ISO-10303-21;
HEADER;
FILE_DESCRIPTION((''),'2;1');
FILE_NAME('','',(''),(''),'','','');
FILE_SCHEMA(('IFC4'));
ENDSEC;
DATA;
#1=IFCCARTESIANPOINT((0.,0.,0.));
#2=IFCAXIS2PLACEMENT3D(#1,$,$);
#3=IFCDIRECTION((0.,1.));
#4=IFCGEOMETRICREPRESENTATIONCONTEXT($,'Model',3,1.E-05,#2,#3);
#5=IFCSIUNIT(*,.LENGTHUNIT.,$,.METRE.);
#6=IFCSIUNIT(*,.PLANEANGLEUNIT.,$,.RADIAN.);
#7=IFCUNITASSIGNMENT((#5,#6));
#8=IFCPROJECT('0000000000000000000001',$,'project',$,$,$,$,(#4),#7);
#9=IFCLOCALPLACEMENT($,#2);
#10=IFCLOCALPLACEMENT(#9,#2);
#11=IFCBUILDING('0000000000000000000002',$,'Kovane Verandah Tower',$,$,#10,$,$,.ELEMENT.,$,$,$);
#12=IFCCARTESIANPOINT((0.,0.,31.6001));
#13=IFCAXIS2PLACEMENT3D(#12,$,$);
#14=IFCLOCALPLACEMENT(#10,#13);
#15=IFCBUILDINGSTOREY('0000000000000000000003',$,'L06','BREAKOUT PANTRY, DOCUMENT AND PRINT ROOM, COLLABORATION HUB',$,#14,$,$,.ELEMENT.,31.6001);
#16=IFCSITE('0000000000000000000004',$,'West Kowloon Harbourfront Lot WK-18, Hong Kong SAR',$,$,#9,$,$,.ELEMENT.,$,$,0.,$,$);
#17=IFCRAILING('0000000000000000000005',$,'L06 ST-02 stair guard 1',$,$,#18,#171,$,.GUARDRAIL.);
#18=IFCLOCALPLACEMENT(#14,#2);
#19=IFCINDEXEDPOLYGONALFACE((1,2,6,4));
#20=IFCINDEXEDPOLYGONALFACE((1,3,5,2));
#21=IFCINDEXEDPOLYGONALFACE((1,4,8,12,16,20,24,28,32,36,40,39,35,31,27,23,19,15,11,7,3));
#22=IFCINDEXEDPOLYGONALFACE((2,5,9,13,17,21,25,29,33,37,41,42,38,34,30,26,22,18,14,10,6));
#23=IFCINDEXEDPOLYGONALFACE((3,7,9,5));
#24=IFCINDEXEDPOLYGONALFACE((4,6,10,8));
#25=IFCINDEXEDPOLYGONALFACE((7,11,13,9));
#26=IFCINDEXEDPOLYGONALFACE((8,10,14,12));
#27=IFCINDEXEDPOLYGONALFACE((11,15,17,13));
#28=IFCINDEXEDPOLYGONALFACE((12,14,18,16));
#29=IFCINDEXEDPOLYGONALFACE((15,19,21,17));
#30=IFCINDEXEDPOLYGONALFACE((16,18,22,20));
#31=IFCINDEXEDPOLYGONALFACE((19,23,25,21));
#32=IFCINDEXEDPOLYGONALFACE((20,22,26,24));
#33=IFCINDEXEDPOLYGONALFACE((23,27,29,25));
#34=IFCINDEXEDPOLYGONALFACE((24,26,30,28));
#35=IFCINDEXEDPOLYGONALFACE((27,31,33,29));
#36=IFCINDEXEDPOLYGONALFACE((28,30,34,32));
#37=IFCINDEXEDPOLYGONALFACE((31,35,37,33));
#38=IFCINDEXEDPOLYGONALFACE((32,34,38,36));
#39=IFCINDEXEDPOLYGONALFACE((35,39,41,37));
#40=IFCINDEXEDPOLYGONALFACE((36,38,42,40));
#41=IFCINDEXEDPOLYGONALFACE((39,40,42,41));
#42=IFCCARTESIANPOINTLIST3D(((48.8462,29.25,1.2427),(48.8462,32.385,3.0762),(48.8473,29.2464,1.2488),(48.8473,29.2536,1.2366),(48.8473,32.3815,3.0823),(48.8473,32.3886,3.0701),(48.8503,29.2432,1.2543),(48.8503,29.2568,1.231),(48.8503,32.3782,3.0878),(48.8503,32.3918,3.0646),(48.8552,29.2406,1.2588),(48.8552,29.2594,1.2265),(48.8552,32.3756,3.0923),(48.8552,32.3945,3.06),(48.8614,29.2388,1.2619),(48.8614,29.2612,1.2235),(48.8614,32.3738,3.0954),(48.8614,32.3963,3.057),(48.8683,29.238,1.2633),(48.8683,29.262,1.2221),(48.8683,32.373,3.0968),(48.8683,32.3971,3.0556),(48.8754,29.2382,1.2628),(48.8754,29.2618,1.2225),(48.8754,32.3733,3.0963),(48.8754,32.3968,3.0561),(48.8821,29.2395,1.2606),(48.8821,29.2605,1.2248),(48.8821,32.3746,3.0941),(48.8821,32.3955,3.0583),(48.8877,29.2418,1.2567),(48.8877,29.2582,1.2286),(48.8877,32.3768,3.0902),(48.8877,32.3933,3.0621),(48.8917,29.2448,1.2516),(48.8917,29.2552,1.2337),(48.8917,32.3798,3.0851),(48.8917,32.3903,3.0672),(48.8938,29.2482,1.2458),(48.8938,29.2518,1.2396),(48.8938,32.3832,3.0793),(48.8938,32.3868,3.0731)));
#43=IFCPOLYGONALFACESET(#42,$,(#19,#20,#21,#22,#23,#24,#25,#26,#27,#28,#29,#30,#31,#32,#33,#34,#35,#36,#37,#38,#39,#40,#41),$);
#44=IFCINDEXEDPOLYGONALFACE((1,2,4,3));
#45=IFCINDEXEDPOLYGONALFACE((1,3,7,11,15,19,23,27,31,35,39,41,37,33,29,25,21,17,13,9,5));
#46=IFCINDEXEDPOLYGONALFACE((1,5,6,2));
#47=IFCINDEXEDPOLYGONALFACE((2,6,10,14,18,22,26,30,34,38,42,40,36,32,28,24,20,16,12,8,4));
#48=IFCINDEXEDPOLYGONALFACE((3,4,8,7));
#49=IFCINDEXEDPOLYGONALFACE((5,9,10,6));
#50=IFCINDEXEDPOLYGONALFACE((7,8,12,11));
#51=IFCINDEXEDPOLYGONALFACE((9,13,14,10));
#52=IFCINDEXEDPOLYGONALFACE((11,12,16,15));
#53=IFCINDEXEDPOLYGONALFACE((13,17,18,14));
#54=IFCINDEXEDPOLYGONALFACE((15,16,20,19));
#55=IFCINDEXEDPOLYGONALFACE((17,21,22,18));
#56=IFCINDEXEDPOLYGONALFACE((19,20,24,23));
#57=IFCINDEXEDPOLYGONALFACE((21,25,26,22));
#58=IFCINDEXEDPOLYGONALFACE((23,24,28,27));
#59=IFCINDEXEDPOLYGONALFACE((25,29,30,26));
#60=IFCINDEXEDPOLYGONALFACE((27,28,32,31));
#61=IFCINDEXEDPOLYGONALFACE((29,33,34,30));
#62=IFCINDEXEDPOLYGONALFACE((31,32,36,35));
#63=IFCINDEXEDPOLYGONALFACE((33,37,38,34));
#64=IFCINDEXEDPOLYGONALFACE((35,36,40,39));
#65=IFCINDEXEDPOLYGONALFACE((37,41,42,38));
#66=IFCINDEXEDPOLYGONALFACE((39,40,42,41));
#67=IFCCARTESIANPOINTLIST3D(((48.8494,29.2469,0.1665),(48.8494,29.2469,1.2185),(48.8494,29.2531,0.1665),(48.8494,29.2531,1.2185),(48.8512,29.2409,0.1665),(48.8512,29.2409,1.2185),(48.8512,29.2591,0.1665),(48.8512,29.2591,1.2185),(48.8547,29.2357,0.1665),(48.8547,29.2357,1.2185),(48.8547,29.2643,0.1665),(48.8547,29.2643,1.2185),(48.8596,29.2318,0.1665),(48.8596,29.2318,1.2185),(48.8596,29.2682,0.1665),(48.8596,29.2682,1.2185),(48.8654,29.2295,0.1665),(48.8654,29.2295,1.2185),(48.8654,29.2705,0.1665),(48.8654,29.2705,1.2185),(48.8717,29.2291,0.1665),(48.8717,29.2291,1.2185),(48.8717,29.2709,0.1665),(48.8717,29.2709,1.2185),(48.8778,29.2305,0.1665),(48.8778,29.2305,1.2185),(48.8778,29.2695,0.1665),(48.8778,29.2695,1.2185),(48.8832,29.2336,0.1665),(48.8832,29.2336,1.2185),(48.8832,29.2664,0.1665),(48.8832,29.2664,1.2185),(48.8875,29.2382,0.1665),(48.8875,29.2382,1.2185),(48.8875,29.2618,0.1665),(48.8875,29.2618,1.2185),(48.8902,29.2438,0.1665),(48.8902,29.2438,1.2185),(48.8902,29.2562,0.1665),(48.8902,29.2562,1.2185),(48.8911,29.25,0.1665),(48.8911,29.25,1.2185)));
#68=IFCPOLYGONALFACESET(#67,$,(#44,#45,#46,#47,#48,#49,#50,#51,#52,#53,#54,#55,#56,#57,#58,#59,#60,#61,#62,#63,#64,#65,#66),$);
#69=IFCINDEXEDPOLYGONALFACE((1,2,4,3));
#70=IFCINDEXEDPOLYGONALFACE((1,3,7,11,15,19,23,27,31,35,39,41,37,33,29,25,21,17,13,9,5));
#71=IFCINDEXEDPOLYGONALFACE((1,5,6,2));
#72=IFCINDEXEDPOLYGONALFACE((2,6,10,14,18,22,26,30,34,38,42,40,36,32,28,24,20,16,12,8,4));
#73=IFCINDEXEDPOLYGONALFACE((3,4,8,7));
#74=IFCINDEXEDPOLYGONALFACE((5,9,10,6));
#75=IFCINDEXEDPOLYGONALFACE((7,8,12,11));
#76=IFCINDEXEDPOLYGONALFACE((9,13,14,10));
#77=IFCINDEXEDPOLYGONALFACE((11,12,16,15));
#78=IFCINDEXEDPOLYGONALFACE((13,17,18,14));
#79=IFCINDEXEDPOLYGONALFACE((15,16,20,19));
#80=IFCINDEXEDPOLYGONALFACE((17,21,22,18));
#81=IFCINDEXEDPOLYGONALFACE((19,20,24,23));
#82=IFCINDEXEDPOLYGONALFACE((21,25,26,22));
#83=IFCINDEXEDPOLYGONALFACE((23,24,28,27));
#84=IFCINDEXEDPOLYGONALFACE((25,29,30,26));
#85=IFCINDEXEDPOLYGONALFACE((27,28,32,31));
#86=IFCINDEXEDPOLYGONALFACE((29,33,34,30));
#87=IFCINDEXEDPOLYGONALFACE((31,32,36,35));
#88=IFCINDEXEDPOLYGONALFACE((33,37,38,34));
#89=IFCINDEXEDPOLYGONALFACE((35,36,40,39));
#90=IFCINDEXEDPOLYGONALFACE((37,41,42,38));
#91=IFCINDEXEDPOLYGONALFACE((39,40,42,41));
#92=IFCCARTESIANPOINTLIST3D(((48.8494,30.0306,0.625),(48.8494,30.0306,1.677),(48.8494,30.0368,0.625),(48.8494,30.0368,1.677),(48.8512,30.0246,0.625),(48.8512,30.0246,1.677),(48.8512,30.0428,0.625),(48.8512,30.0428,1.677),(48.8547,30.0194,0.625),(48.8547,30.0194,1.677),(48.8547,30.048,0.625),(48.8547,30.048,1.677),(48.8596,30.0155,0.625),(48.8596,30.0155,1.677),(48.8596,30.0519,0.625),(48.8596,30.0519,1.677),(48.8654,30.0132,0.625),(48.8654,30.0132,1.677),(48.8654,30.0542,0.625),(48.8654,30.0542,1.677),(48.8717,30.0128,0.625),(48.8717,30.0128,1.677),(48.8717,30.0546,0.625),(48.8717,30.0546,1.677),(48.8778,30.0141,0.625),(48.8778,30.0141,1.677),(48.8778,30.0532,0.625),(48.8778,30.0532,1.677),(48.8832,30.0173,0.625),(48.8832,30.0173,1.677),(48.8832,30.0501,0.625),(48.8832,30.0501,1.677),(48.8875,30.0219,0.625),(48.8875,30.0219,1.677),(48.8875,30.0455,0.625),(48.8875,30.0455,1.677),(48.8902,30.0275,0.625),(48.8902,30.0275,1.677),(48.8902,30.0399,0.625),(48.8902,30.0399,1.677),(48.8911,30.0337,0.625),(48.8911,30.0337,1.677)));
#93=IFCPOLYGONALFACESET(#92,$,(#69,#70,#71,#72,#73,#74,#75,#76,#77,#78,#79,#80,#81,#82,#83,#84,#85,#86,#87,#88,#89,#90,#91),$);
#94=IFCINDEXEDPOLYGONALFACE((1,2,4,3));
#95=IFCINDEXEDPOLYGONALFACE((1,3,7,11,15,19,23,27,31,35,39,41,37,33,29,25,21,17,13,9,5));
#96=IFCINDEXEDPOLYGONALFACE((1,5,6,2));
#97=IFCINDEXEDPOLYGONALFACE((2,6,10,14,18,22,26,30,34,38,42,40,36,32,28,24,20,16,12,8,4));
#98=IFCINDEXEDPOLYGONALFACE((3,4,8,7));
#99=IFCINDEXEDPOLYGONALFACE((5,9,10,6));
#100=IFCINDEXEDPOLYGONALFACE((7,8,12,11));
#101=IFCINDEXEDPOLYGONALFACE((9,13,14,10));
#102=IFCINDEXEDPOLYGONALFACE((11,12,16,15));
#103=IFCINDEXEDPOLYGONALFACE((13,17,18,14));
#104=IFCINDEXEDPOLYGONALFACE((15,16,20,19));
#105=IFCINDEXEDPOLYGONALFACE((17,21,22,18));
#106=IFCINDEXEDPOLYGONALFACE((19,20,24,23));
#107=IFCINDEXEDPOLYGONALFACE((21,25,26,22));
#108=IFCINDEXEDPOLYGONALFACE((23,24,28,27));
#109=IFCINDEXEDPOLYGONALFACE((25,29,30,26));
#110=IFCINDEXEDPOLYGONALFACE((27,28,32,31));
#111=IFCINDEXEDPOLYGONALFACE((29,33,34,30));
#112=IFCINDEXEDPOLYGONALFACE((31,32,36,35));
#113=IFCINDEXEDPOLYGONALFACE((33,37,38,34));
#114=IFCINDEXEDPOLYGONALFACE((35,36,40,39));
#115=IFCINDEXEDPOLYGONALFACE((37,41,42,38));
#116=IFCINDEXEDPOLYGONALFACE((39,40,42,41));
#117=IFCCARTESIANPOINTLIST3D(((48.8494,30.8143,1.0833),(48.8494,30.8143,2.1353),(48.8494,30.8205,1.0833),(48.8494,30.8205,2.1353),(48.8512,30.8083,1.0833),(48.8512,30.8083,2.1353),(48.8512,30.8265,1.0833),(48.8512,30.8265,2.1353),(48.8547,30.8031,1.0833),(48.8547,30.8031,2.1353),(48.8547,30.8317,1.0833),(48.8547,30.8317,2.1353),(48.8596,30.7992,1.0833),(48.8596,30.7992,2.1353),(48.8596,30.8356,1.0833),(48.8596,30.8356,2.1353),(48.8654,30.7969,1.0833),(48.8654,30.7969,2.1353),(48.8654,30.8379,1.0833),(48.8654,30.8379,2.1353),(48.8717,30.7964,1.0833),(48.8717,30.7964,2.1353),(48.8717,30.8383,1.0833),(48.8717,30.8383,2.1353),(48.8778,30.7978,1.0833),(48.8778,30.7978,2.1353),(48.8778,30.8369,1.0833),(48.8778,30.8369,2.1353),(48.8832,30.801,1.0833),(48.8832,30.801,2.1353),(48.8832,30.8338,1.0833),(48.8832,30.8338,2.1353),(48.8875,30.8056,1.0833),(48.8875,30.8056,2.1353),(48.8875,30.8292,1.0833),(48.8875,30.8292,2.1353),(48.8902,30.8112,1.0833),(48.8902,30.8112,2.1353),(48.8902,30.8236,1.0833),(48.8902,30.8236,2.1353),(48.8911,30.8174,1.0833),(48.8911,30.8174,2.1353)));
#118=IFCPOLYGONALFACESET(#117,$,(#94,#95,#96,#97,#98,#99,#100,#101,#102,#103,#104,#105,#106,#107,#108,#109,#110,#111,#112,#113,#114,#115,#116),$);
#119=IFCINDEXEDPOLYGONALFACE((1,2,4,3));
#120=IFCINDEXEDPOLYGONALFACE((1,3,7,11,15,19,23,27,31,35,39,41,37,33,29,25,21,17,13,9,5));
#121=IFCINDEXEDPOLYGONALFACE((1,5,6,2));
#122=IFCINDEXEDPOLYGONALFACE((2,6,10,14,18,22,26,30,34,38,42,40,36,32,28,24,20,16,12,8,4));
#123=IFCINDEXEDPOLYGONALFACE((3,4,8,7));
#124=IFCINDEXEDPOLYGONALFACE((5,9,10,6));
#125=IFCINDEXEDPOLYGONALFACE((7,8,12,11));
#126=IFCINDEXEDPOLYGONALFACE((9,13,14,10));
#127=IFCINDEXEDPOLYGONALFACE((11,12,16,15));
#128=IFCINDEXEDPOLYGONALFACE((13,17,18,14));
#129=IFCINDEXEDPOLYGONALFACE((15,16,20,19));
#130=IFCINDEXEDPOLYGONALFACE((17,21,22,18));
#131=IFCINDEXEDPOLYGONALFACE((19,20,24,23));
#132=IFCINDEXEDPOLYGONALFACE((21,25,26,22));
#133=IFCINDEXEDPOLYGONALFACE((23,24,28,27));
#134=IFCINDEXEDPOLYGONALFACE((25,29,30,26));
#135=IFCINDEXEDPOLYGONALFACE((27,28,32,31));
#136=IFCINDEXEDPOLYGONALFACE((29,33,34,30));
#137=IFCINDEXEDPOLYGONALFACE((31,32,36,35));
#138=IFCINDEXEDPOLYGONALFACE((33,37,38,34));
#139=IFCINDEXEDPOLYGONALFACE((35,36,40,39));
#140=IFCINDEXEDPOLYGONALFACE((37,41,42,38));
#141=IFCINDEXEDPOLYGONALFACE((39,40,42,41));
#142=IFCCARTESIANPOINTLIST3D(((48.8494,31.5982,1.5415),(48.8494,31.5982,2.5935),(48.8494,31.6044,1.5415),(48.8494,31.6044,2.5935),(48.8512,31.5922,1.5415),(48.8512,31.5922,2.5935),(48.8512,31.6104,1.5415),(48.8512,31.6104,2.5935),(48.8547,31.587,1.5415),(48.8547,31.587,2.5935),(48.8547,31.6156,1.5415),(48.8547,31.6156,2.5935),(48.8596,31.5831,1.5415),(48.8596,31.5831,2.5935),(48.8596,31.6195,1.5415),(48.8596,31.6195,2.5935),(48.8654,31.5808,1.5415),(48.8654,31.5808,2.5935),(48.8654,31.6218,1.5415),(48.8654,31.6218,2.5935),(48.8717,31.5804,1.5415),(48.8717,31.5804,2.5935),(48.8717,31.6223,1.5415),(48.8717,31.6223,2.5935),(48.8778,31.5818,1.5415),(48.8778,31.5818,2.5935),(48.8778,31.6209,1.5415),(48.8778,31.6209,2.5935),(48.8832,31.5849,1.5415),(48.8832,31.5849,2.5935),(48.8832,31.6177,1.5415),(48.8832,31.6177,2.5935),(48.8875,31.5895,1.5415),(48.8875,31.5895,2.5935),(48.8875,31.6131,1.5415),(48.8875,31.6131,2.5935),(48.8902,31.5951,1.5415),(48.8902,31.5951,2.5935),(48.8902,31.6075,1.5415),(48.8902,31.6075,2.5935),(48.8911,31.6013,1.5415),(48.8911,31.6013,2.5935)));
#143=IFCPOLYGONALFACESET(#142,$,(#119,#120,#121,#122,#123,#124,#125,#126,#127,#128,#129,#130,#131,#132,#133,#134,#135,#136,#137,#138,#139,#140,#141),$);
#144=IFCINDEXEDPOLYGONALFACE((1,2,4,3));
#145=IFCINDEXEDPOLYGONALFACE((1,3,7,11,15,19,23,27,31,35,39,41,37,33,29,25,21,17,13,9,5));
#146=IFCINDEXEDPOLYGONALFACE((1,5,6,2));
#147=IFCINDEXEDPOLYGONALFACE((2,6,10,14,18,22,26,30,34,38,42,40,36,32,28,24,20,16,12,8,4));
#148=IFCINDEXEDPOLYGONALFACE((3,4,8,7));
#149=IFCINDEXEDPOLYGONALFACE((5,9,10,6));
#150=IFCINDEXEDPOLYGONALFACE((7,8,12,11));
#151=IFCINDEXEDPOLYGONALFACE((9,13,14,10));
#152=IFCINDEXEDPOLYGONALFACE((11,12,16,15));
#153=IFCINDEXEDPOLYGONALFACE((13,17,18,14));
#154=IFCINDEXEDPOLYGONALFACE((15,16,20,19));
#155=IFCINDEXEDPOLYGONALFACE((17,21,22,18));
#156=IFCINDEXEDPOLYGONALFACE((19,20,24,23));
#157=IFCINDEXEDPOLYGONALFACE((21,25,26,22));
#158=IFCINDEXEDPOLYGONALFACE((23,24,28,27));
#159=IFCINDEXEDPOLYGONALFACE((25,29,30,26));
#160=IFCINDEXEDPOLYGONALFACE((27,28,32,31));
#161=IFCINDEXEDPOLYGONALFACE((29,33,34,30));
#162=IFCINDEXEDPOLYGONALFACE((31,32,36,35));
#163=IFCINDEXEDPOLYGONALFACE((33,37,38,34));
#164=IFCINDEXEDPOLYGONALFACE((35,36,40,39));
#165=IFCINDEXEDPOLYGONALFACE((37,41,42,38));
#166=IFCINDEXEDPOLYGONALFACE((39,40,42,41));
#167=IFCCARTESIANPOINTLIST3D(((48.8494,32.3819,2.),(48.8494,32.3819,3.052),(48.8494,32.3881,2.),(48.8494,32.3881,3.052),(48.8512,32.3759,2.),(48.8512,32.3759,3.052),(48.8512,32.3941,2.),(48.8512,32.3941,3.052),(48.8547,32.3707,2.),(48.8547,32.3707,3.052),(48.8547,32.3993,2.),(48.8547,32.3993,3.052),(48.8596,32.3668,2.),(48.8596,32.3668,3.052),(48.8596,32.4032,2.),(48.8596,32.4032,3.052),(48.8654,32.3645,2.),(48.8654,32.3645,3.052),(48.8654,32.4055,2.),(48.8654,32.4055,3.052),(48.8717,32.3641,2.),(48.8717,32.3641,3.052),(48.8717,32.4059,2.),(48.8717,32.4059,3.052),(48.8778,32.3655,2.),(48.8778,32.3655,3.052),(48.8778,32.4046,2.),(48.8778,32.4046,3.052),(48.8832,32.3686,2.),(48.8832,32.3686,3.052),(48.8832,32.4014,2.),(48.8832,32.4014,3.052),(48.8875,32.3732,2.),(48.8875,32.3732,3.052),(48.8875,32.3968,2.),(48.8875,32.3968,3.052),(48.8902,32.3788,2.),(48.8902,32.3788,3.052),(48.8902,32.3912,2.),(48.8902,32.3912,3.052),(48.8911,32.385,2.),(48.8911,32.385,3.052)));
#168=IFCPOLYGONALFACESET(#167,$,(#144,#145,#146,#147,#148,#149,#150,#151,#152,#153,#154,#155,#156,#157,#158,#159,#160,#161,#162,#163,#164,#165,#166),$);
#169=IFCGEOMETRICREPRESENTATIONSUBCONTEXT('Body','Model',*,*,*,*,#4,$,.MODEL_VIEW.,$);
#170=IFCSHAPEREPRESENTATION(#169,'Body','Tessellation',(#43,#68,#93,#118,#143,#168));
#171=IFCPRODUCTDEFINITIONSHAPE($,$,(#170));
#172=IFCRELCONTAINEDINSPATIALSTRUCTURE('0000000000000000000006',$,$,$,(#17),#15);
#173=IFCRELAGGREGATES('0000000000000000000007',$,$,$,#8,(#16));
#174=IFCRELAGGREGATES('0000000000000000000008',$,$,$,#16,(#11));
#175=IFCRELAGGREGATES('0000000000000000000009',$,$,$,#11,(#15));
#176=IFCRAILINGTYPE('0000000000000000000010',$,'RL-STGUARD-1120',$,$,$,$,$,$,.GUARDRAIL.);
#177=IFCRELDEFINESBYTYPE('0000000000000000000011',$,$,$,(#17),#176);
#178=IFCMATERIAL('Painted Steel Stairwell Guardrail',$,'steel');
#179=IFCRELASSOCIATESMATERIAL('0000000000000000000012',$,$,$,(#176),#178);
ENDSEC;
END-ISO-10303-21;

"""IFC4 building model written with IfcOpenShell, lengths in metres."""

from ifc_helpers import new_model, si_unit, direction, frame, origin, origin_2d, place, context, subcontext, project, spatial, circle, extrude, material, type_object, element, save


model = new_model("IFC4")

# Units and contexts
model_context = context("Model", 3, precision=1e-05, world=origin(), true_north=direction((0.0, 1.0)))
body_context = subcontext(model_context, "Body", "Model", "MODEL_VIEW")
ifc_project = project(units=[si_unit("LENGTHUNIT", "METRE"), si_unit("PLANEANGLEUNIT", "RADIAN")], contexts=[model_context])

# Site, building, storey
site_placement = place(None, origin())
site = spatial("IfcSite", under=ifc_project, at=site_placement, Name="West Kowloon Harbourfront Lot WK-18, Hong Kong SAR", CompositionType="ELEMENT", RefElevation=0.0)
building_placement = place(site_placement, origin())
building = spatial("IfcBuilding", under=site, at=building_placement, Name="Kovane Verandah Tower", CompositionType="ELEMENT")
storey_placement = place(building_placement, frame((0.0, 0.0, 31.6001)))
storey = spatial("IfcBuildingStorey", under=building, at=storey_placement, Name="L06", Description="BREAKOUT PANTRY, DOCUMENT AND PRINT ROOM, COLLABORATION HUB", CompositionType="ELEMENT", Elevation=31.6001)

# Railing
ifc_material_1 = material(Name="Painted Steel Stairwell Guardrail", Category="steel")
railing_type_1 = type_object("IfcRailingType", Name="RL-STGUARD-1120", PredefinedType="GUARDRAIL", material=ifc_material_1)
railing_1_placement = place(storey_placement, frame((48.8701, 29.25, 0.1665)))
element("IfcRailing", 1, at=railing_1_placement, inside=storey, type_object=railing_type_1, Name="L06 ST-02 stair guard 1", PredefinedType="GUARDRAIL", context=body_context, shape_type="SweptSolid", body=[
    extrude(circle(Radius=0.0239, at=origin_2d()), frame((0.0, 0.0, 1.0762), z_axis=(0.0, 0.86321, 0.504845), x_axis=(-1.0, 0.0, 0.0)), (0.0, 0.0, 1.0), 3.6318),
    extrude(circle(Radius=0.021, at=origin_2d()), origin(), (0.0, 0.0, 1.0), 1.052),
    extrude(circle(Radius=0.021, at=origin_2d()), frame((0.0, 0.7837, 0.4585)), (0.0, 0.0, 1.0), 1.052),
    extrude(circle(Radius=0.021, at=origin_2d()), frame((0.0, 1.5674, 0.9167)), (0.0, 0.0, 1.0), 1.052),
    extrude(circle(Radius=0.021, at=origin_2d()), frame((0.0, 2.3513, 1.375)), (0.0, 0.0, 1.0), 1.052),
    extrude(circle(Radius=0.021, at=origin_2d()), frame((0.0, 3.135, 1.8335)), (0.0, 0.0, 1.0), 1.052),
])

save(model, "model.ifc")
